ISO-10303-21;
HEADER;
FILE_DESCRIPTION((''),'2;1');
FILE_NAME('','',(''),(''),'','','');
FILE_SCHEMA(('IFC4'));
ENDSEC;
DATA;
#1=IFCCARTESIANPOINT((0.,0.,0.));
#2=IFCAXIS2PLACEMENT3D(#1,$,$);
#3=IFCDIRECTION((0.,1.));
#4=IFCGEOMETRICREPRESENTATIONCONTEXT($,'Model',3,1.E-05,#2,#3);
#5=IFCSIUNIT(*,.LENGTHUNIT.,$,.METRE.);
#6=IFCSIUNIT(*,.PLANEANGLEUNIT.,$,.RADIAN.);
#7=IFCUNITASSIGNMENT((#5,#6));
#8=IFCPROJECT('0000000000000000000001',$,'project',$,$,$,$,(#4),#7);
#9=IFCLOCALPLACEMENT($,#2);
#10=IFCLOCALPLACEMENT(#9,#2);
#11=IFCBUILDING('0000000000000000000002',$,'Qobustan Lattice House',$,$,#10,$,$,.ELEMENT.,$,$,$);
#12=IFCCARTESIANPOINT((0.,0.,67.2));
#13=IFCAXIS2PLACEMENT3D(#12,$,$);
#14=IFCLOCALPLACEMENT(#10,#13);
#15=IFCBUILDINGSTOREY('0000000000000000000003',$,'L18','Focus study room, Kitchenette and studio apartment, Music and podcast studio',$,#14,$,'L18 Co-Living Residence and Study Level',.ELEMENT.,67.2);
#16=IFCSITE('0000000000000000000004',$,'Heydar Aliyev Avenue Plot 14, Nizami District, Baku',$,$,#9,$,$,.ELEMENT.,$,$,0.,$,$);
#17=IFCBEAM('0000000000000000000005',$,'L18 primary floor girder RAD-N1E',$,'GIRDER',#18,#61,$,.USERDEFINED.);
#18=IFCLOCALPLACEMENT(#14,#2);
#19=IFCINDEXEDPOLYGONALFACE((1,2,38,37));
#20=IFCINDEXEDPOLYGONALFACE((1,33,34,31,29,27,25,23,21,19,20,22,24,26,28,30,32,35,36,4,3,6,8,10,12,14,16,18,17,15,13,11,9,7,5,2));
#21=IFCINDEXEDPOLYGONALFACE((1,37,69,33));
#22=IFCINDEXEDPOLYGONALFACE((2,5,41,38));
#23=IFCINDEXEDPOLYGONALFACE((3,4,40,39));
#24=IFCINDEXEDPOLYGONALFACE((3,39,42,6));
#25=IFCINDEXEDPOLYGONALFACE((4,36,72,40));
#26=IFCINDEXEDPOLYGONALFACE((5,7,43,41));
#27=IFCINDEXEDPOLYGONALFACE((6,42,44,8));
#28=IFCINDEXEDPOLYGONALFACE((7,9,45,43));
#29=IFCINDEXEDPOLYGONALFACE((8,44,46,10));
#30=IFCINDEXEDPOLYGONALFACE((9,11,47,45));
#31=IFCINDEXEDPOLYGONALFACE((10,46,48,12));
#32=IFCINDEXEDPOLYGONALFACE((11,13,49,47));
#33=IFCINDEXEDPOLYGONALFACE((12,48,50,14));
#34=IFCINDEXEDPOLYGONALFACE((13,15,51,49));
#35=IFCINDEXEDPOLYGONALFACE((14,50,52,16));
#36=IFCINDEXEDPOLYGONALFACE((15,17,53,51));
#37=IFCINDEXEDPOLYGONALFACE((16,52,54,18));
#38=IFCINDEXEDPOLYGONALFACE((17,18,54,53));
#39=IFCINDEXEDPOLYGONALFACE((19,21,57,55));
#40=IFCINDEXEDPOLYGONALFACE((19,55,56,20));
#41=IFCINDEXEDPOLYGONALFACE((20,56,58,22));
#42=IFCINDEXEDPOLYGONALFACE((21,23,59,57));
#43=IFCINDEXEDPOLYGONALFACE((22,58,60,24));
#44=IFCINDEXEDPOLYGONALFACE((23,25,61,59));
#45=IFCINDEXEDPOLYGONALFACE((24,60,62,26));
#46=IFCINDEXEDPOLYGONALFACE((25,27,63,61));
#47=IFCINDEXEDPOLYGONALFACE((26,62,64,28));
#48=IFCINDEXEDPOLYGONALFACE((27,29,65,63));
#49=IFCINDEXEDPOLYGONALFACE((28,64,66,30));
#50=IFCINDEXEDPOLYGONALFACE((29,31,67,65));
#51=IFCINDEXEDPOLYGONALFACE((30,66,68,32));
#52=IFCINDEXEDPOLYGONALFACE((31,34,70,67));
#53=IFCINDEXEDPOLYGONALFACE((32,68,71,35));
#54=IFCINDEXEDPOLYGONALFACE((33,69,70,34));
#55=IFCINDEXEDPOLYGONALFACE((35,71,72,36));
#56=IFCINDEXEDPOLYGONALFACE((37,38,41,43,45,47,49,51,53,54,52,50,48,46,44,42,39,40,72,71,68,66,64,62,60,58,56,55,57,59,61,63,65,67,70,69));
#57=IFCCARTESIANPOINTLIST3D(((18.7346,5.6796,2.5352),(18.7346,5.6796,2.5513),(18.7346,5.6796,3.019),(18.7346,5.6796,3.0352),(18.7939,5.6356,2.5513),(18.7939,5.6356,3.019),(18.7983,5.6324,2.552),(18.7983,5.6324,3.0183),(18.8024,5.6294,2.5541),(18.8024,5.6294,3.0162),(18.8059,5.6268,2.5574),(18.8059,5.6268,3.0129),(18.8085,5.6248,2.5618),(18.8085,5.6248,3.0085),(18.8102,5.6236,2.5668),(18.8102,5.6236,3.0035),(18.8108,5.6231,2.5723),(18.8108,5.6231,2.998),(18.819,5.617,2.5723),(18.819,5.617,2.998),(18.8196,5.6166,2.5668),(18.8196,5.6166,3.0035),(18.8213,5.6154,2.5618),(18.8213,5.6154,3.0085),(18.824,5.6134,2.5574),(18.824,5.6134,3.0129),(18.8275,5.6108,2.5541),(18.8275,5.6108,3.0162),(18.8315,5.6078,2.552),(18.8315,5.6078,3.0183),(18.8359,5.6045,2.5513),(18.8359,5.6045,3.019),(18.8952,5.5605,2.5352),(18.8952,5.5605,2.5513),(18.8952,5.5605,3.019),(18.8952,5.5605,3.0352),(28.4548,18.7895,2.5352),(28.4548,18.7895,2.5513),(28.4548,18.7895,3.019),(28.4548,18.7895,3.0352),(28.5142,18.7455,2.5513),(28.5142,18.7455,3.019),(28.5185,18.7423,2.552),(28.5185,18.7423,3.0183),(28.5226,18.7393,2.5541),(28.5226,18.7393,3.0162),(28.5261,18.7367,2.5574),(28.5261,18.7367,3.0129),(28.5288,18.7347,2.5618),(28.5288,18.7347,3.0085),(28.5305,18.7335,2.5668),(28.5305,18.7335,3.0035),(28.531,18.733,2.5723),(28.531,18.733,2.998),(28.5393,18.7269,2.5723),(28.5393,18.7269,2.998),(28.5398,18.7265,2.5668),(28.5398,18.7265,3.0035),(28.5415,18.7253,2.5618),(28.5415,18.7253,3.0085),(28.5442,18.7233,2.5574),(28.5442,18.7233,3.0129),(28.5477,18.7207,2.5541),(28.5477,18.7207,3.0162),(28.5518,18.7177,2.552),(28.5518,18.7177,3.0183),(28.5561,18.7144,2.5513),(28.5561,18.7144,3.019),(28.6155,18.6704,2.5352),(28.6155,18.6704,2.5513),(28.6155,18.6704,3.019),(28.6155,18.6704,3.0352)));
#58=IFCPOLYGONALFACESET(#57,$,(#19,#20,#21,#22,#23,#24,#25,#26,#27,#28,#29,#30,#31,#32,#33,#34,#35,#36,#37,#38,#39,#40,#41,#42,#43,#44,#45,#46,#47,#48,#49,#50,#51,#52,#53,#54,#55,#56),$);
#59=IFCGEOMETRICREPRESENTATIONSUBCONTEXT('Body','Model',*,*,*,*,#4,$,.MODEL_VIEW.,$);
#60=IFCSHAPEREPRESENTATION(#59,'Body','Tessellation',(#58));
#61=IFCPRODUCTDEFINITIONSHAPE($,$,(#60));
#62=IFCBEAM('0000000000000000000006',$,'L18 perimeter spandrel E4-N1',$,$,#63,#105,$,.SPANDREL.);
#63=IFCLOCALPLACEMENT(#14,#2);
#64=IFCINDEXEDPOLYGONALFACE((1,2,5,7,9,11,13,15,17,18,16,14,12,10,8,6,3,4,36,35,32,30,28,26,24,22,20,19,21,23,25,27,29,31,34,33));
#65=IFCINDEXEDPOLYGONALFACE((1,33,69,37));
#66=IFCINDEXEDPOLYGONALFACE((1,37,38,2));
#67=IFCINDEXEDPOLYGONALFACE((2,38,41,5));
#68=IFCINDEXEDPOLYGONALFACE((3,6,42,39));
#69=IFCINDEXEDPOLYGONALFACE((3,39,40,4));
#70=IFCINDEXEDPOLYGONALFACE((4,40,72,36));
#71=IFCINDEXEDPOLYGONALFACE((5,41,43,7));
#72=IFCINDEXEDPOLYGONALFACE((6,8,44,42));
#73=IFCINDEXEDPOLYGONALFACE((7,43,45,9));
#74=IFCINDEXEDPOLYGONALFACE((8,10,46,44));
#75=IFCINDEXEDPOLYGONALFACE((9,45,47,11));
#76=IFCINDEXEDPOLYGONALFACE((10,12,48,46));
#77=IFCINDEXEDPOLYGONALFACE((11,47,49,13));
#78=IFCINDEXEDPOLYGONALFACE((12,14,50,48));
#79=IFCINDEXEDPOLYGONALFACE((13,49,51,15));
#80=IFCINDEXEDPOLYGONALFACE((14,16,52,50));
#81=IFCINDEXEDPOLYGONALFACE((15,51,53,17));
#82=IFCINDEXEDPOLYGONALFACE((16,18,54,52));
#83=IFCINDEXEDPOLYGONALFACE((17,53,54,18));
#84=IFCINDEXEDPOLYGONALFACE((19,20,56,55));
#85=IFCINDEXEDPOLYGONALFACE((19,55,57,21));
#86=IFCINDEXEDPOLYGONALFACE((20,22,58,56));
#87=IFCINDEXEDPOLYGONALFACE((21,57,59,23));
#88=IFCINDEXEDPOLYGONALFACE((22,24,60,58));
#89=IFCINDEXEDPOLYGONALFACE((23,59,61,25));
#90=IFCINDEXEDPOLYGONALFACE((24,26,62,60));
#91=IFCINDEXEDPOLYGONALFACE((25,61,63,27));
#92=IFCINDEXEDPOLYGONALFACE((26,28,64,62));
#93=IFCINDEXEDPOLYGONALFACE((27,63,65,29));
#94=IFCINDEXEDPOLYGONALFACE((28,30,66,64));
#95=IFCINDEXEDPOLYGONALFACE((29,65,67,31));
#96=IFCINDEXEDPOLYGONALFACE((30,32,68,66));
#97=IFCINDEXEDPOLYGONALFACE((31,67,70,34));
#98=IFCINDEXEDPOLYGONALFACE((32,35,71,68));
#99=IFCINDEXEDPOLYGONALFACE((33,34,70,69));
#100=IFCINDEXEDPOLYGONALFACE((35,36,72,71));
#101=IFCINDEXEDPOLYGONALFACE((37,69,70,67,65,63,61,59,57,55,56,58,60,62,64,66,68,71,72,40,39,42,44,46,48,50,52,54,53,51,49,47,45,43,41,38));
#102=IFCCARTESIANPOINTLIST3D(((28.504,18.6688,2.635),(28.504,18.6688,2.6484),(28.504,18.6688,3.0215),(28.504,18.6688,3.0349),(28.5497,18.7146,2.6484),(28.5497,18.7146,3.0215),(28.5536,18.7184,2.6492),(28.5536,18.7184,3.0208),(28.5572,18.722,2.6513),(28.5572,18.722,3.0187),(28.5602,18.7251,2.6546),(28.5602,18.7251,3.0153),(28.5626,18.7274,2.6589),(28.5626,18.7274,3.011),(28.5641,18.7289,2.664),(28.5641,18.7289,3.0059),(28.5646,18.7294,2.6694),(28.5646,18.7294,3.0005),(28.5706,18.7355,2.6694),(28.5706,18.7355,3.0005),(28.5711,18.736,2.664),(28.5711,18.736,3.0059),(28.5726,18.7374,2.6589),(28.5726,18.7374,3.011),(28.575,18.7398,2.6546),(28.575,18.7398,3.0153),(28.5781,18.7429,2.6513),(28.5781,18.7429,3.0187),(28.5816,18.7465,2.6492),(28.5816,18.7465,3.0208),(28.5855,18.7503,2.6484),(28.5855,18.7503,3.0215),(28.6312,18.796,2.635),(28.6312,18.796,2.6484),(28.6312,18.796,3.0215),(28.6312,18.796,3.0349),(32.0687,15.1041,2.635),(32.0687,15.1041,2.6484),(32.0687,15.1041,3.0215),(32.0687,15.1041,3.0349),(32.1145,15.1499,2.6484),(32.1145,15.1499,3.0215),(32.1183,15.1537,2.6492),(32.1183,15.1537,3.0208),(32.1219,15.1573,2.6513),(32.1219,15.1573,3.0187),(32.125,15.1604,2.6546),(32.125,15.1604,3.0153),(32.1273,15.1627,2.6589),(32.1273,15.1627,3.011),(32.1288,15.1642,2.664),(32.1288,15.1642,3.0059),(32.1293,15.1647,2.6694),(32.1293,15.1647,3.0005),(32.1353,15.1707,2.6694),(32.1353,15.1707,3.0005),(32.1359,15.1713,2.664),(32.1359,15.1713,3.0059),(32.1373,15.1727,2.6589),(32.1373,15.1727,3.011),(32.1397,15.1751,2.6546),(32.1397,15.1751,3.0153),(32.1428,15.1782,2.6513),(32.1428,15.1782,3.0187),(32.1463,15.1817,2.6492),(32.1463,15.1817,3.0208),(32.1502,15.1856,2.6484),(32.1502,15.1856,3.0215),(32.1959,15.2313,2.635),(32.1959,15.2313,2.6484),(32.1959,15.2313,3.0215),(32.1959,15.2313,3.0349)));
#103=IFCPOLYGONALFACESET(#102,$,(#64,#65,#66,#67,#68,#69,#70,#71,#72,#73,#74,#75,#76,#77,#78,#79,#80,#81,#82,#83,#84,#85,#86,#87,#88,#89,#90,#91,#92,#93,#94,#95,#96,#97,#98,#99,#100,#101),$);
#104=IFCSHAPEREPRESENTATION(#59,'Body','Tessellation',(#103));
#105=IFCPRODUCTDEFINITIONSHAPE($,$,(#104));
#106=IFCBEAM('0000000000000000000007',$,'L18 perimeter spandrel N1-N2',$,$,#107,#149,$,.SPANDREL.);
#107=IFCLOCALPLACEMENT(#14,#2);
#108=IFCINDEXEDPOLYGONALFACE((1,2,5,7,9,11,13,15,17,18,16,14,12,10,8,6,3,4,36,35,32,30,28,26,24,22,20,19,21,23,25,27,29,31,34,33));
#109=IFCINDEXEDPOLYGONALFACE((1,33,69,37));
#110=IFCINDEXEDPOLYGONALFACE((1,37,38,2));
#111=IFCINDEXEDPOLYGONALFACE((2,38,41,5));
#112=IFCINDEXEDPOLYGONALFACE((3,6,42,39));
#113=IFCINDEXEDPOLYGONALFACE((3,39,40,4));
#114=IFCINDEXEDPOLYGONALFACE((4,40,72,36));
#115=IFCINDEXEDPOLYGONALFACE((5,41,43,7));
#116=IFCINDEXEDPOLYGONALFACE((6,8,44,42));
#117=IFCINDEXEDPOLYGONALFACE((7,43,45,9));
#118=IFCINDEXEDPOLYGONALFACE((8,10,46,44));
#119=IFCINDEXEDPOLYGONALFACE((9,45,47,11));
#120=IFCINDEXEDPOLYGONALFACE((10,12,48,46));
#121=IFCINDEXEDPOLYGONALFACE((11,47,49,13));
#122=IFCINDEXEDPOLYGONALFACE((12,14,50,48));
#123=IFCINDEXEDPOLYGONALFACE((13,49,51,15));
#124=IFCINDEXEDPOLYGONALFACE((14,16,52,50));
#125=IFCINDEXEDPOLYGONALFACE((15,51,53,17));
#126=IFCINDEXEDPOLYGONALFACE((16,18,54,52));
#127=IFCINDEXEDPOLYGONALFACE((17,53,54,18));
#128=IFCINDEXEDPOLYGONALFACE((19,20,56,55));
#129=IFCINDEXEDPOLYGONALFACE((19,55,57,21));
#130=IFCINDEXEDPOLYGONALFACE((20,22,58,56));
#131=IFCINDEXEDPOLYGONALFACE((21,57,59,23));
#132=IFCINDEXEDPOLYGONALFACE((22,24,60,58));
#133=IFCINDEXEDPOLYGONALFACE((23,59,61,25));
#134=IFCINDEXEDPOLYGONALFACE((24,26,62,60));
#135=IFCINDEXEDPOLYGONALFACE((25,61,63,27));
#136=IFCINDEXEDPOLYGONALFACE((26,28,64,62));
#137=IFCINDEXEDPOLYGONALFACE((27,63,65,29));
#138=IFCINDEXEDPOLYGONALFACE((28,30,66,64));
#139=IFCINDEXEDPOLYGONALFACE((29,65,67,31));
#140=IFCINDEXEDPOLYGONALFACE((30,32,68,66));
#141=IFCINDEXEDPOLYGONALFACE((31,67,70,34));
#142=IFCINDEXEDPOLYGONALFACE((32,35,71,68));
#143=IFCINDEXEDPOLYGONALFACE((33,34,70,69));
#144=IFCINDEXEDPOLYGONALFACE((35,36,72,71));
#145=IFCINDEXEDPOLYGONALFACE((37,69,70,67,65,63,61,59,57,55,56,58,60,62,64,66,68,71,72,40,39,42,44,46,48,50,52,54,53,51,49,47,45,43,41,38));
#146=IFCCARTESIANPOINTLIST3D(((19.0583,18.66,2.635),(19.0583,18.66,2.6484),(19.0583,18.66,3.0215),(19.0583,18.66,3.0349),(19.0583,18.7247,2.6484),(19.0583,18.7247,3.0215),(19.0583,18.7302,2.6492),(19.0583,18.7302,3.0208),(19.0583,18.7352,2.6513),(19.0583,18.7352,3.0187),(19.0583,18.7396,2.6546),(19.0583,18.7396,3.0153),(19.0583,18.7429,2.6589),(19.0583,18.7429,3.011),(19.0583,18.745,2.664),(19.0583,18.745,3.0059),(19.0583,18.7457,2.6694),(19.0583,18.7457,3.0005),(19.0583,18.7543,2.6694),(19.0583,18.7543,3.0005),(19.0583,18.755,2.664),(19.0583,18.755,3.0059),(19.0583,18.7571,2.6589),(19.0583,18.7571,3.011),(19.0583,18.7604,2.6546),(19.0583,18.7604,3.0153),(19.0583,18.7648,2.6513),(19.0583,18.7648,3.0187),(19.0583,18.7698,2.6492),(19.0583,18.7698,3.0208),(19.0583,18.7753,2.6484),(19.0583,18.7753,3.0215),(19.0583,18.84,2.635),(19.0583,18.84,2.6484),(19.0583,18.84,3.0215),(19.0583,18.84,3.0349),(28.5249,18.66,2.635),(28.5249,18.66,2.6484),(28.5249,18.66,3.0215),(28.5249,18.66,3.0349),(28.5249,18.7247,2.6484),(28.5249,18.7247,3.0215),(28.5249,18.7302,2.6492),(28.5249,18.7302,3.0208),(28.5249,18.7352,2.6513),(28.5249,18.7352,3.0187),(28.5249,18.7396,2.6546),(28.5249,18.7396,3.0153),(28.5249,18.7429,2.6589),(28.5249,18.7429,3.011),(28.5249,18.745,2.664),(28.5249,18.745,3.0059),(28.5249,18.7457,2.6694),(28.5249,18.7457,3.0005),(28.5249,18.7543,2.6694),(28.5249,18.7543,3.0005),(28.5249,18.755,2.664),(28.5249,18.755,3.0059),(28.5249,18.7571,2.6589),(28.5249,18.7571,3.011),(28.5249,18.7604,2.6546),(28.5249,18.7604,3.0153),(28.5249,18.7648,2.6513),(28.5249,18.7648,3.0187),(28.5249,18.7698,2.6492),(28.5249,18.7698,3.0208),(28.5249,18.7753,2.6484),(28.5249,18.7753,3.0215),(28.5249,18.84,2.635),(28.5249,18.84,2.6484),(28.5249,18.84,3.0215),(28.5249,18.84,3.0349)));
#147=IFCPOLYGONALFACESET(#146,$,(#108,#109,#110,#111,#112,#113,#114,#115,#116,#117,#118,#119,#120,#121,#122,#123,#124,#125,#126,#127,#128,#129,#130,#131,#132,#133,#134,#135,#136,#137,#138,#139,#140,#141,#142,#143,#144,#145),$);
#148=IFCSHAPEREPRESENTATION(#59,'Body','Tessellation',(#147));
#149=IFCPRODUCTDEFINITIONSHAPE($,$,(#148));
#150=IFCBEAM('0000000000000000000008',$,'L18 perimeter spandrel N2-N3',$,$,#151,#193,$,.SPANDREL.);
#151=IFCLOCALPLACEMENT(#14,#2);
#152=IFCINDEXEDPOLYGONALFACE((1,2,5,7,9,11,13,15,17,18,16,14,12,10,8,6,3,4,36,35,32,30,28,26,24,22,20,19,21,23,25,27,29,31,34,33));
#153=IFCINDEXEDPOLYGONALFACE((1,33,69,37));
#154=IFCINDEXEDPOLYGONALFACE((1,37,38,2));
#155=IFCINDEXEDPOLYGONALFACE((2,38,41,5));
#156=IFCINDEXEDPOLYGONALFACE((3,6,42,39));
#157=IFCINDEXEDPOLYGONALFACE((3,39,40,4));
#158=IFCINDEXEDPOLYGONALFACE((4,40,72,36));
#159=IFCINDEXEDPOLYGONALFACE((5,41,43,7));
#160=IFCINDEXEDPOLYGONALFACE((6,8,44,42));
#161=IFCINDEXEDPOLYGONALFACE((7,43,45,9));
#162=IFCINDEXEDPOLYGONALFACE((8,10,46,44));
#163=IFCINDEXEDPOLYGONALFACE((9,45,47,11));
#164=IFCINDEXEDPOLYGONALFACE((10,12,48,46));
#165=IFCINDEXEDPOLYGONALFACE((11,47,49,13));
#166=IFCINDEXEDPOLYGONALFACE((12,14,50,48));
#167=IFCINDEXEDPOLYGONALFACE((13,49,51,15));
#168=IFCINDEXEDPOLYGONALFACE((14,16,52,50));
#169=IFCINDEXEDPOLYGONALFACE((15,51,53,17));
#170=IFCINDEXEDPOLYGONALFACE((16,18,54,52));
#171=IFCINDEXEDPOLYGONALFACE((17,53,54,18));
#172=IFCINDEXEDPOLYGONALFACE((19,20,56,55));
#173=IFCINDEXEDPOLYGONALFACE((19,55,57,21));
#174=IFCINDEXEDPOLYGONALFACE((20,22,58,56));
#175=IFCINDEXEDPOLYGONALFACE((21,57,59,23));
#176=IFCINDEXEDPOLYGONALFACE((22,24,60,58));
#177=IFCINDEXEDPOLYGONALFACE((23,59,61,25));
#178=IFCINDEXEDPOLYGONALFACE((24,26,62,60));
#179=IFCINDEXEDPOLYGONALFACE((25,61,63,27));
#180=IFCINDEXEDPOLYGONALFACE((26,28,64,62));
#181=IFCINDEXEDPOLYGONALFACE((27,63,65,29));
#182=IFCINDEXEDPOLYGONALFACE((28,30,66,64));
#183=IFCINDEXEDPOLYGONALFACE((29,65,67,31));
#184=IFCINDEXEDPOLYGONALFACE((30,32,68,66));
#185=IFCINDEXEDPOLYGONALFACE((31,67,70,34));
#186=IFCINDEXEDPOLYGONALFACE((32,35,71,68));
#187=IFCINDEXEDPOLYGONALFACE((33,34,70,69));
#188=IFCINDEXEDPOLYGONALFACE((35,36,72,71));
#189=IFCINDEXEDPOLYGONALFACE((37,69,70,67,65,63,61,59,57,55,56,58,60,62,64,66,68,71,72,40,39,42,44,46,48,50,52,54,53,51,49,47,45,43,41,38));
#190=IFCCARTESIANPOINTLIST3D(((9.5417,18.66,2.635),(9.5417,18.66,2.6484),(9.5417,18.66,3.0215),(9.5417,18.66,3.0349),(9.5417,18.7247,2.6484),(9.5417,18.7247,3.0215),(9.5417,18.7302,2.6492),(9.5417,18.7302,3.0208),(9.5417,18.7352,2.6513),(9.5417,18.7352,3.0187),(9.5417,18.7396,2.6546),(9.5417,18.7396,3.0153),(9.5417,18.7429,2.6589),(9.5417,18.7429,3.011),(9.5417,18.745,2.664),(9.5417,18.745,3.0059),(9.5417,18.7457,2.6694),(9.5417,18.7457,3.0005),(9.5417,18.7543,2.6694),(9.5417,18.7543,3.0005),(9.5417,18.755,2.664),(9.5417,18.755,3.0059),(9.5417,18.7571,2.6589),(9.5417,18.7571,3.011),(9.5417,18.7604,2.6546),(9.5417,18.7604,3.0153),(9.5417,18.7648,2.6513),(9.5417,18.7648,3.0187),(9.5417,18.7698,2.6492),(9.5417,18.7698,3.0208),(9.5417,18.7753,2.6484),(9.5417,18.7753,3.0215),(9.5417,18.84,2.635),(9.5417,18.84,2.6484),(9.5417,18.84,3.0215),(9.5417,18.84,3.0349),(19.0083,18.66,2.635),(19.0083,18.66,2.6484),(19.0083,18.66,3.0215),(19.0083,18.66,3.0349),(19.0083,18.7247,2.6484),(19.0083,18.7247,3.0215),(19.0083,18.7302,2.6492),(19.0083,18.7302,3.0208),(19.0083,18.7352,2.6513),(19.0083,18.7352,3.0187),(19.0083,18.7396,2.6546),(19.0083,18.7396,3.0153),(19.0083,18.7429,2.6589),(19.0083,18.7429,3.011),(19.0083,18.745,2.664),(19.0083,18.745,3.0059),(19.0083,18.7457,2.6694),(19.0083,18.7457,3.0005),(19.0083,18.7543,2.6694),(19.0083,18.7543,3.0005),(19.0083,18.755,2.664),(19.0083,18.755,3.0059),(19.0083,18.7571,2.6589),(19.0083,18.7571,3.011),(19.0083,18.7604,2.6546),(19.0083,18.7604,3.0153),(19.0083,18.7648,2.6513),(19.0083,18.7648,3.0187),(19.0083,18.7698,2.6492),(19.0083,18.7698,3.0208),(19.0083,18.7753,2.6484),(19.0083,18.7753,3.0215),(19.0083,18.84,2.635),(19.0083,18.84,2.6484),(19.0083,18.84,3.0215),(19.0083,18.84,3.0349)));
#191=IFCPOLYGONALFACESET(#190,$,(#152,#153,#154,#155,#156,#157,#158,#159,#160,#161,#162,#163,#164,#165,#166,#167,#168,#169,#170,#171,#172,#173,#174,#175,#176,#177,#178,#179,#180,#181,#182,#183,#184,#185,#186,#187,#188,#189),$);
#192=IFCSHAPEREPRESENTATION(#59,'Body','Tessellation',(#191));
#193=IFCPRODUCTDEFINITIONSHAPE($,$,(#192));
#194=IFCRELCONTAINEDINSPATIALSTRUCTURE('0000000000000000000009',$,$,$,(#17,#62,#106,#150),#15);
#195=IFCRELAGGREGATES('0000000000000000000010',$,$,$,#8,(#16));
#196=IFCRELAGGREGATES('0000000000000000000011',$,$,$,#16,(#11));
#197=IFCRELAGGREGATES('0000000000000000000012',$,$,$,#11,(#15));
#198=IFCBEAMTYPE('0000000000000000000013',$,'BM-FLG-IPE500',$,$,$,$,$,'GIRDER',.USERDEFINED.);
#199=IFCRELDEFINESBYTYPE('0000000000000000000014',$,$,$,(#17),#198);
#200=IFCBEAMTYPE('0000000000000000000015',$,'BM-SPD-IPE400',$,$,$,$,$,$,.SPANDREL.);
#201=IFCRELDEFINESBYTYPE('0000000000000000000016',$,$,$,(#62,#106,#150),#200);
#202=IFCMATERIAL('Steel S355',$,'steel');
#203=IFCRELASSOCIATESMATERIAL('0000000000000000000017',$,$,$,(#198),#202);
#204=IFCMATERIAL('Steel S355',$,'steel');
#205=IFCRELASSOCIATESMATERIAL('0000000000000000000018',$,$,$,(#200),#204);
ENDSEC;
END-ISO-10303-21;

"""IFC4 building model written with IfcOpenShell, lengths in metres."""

from ifc_helpers import new_model, si_unit, direction, frame, origin, origin_2d, place, context, subcontext, project, spatial, i_section, extrude, material, material_profile, profile_set, type_object, element, save


model = new_model("IFC4")

# Units and contexts
model_context = context("Model", 3, precision=1e-05, world=origin(), true_north=direction((0.0, 1.0)))
body_context = subcontext(model_context, "Body", "Model", "MODEL_VIEW")
ifc_project = project(units=[si_unit("LENGTHUNIT", "METRE"), si_unit("PLANEANGLEUNIT", "RADIAN")], contexts=[model_context])

# Site, building, storey
site_placement = place(None, origin())
site = spatial("IfcSite", under=ifc_project, at=site_placement, Name="Heydar Aliyev Avenue Plot 14, Nizami District, Baku", CompositionType="ELEMENT", RefElevation=0.0)
building_placement = place(site_placement, origin())
building = spatial("IfcBuilding", under=site, at=building_placement, Name="Qobustan Lattice House", CompositionType="ELEMENT")
storey_placement = place(building_placement, frame((0.0, 0.0, 67.2)))
storey = spatial("IfcBuildingStorey", under=building, at=storey_placement, Name="L18", Description="Focus study room, Kitchenette and studio apartment, Music and podcast studio", LongName="L18 Co-Living Residence and Study Level", CompositionType="ELEMENT", Elevation=67.2)

# Beams
ifc_material_1 = material(Name="Steel S355", Category="steel")
ifc_material_profile_1 = material_profile(ifc_material_1, i_section(OverallWidth=0.2, OverallDepth=0.5, WebThickness=0.0103, FlangeThickness=0.0161, FilletRadius=0.021, at=origin_2d()), Name="IPE500")
ifc_profile_set_1 = profile_set([ifc_material_profile_1], Name="Steel S355")
beam_type_1 = type_object("IfcBeamType", Name="BM-FLG-IPE500", ElementType="GIRDER", PredefinedType="USERDEFINED", material=ifc_profile_set_1)
beam_1_placement = place(storey_placement, frame((28.5352, 18.73, 2.7852), z_axis=(-0.595592, -0.803287, 0.0), x_axis=(0.803287, -0.595592, 0.0)))
element("IfcBeam", 1, at=beam_1_placement, inside=storey, type_object=beam_type_1, Name="L18 primary floor girder RAD-N1E", ObjectType="GIRDER", PredefinedType="USERDEFINED", context=body_context, shape_type="SweptSolid", body=[
    extrude(i_section(OverallWidth=0.2, OverallDepth=0.5, WebThickness=0.0103, FlangeThickness=0.0161, FilletRadius=0.021, at=origin_2d()), origin(), (0.0, 0.0, 1.0), 16.3203),
])
ifc_material_2 = material(Name="Steel S355", Category="steel")
ifc_material_profile_2 = material_profile(ifc_material_2, i_section(OverallWidth=0.1799, OverallDepth=0.3999, WebThickness=0.0085, FlangeThickness=0.0134, FilletRadius=0.021, at=origin_2d()), Name="IPE400")
ifc_profile_set_2 = profile_set([ifc_material_profile_2], Name="Steel S355")
beam_type_2 = type_object("IfcBeamType", Name="BM-SPD-IPE400", PredefinedType="SPANDREL", material=ifc_profile_set_2)
beam_2_placement = place(storey_placement, frame((32.1323, 15.1677, 2.835), z_axis=(-0.707107, 0.707107, 0.0), x_axis=(-0.707107, -0.707107, 0.0)))
element("IfcBeam", 2, at=beam_2_placement, inside=storey, type_object=beam_type_2, Name="L18 perimeter spandrel E4-N1", PredefinedType="SPANDREL", context=body_context, shape_type="SweptSolid", body=[
    extrude(i_section(OverallWidth=0.1799, OverallDepth=0.3999, WebThickness=0.0085, FlangeThickness=0.0134, FilletRadius=0.021, at=origin_2d()), origin(), (0.0, 0.0, 1.0), 5.0413),
])
for number, where, z_axis, x_axis, name in (
    (3, (28.5249, 18.75, 2.835), (-1.0, 0.0, 0.0), (0.0, -1.0, 0.0), "L18 perimeter spandrel N1-N2"),
    (4, (19.0083, 18.75, 2.835), (-1.0, 0.0, 0.0), (0.0, -1.0, 0.0), "L18 perimeter spandrel N2-N3"),
):
    element("IfcBeam", number, at=place(storey_placement, frame(where, z_axis=z_axis, x_axis=x_axis)), inside=storey, type_object=beam_type_2, Name=name, PredefinedType="SPANDREL", context=body_context, shape_type="SweptSolid", body=[
        extrude(i_section(OverallWidth=0.1799, OverallDepth=0.3999, WebThickness=0.0085, FlangeThickness=0.0134, FilletRadius=0.021, at=origin_2d()), origin(), (0.0, 0.0, 1.0), 9.4666),
    ])

save(model, "model.ifc")
